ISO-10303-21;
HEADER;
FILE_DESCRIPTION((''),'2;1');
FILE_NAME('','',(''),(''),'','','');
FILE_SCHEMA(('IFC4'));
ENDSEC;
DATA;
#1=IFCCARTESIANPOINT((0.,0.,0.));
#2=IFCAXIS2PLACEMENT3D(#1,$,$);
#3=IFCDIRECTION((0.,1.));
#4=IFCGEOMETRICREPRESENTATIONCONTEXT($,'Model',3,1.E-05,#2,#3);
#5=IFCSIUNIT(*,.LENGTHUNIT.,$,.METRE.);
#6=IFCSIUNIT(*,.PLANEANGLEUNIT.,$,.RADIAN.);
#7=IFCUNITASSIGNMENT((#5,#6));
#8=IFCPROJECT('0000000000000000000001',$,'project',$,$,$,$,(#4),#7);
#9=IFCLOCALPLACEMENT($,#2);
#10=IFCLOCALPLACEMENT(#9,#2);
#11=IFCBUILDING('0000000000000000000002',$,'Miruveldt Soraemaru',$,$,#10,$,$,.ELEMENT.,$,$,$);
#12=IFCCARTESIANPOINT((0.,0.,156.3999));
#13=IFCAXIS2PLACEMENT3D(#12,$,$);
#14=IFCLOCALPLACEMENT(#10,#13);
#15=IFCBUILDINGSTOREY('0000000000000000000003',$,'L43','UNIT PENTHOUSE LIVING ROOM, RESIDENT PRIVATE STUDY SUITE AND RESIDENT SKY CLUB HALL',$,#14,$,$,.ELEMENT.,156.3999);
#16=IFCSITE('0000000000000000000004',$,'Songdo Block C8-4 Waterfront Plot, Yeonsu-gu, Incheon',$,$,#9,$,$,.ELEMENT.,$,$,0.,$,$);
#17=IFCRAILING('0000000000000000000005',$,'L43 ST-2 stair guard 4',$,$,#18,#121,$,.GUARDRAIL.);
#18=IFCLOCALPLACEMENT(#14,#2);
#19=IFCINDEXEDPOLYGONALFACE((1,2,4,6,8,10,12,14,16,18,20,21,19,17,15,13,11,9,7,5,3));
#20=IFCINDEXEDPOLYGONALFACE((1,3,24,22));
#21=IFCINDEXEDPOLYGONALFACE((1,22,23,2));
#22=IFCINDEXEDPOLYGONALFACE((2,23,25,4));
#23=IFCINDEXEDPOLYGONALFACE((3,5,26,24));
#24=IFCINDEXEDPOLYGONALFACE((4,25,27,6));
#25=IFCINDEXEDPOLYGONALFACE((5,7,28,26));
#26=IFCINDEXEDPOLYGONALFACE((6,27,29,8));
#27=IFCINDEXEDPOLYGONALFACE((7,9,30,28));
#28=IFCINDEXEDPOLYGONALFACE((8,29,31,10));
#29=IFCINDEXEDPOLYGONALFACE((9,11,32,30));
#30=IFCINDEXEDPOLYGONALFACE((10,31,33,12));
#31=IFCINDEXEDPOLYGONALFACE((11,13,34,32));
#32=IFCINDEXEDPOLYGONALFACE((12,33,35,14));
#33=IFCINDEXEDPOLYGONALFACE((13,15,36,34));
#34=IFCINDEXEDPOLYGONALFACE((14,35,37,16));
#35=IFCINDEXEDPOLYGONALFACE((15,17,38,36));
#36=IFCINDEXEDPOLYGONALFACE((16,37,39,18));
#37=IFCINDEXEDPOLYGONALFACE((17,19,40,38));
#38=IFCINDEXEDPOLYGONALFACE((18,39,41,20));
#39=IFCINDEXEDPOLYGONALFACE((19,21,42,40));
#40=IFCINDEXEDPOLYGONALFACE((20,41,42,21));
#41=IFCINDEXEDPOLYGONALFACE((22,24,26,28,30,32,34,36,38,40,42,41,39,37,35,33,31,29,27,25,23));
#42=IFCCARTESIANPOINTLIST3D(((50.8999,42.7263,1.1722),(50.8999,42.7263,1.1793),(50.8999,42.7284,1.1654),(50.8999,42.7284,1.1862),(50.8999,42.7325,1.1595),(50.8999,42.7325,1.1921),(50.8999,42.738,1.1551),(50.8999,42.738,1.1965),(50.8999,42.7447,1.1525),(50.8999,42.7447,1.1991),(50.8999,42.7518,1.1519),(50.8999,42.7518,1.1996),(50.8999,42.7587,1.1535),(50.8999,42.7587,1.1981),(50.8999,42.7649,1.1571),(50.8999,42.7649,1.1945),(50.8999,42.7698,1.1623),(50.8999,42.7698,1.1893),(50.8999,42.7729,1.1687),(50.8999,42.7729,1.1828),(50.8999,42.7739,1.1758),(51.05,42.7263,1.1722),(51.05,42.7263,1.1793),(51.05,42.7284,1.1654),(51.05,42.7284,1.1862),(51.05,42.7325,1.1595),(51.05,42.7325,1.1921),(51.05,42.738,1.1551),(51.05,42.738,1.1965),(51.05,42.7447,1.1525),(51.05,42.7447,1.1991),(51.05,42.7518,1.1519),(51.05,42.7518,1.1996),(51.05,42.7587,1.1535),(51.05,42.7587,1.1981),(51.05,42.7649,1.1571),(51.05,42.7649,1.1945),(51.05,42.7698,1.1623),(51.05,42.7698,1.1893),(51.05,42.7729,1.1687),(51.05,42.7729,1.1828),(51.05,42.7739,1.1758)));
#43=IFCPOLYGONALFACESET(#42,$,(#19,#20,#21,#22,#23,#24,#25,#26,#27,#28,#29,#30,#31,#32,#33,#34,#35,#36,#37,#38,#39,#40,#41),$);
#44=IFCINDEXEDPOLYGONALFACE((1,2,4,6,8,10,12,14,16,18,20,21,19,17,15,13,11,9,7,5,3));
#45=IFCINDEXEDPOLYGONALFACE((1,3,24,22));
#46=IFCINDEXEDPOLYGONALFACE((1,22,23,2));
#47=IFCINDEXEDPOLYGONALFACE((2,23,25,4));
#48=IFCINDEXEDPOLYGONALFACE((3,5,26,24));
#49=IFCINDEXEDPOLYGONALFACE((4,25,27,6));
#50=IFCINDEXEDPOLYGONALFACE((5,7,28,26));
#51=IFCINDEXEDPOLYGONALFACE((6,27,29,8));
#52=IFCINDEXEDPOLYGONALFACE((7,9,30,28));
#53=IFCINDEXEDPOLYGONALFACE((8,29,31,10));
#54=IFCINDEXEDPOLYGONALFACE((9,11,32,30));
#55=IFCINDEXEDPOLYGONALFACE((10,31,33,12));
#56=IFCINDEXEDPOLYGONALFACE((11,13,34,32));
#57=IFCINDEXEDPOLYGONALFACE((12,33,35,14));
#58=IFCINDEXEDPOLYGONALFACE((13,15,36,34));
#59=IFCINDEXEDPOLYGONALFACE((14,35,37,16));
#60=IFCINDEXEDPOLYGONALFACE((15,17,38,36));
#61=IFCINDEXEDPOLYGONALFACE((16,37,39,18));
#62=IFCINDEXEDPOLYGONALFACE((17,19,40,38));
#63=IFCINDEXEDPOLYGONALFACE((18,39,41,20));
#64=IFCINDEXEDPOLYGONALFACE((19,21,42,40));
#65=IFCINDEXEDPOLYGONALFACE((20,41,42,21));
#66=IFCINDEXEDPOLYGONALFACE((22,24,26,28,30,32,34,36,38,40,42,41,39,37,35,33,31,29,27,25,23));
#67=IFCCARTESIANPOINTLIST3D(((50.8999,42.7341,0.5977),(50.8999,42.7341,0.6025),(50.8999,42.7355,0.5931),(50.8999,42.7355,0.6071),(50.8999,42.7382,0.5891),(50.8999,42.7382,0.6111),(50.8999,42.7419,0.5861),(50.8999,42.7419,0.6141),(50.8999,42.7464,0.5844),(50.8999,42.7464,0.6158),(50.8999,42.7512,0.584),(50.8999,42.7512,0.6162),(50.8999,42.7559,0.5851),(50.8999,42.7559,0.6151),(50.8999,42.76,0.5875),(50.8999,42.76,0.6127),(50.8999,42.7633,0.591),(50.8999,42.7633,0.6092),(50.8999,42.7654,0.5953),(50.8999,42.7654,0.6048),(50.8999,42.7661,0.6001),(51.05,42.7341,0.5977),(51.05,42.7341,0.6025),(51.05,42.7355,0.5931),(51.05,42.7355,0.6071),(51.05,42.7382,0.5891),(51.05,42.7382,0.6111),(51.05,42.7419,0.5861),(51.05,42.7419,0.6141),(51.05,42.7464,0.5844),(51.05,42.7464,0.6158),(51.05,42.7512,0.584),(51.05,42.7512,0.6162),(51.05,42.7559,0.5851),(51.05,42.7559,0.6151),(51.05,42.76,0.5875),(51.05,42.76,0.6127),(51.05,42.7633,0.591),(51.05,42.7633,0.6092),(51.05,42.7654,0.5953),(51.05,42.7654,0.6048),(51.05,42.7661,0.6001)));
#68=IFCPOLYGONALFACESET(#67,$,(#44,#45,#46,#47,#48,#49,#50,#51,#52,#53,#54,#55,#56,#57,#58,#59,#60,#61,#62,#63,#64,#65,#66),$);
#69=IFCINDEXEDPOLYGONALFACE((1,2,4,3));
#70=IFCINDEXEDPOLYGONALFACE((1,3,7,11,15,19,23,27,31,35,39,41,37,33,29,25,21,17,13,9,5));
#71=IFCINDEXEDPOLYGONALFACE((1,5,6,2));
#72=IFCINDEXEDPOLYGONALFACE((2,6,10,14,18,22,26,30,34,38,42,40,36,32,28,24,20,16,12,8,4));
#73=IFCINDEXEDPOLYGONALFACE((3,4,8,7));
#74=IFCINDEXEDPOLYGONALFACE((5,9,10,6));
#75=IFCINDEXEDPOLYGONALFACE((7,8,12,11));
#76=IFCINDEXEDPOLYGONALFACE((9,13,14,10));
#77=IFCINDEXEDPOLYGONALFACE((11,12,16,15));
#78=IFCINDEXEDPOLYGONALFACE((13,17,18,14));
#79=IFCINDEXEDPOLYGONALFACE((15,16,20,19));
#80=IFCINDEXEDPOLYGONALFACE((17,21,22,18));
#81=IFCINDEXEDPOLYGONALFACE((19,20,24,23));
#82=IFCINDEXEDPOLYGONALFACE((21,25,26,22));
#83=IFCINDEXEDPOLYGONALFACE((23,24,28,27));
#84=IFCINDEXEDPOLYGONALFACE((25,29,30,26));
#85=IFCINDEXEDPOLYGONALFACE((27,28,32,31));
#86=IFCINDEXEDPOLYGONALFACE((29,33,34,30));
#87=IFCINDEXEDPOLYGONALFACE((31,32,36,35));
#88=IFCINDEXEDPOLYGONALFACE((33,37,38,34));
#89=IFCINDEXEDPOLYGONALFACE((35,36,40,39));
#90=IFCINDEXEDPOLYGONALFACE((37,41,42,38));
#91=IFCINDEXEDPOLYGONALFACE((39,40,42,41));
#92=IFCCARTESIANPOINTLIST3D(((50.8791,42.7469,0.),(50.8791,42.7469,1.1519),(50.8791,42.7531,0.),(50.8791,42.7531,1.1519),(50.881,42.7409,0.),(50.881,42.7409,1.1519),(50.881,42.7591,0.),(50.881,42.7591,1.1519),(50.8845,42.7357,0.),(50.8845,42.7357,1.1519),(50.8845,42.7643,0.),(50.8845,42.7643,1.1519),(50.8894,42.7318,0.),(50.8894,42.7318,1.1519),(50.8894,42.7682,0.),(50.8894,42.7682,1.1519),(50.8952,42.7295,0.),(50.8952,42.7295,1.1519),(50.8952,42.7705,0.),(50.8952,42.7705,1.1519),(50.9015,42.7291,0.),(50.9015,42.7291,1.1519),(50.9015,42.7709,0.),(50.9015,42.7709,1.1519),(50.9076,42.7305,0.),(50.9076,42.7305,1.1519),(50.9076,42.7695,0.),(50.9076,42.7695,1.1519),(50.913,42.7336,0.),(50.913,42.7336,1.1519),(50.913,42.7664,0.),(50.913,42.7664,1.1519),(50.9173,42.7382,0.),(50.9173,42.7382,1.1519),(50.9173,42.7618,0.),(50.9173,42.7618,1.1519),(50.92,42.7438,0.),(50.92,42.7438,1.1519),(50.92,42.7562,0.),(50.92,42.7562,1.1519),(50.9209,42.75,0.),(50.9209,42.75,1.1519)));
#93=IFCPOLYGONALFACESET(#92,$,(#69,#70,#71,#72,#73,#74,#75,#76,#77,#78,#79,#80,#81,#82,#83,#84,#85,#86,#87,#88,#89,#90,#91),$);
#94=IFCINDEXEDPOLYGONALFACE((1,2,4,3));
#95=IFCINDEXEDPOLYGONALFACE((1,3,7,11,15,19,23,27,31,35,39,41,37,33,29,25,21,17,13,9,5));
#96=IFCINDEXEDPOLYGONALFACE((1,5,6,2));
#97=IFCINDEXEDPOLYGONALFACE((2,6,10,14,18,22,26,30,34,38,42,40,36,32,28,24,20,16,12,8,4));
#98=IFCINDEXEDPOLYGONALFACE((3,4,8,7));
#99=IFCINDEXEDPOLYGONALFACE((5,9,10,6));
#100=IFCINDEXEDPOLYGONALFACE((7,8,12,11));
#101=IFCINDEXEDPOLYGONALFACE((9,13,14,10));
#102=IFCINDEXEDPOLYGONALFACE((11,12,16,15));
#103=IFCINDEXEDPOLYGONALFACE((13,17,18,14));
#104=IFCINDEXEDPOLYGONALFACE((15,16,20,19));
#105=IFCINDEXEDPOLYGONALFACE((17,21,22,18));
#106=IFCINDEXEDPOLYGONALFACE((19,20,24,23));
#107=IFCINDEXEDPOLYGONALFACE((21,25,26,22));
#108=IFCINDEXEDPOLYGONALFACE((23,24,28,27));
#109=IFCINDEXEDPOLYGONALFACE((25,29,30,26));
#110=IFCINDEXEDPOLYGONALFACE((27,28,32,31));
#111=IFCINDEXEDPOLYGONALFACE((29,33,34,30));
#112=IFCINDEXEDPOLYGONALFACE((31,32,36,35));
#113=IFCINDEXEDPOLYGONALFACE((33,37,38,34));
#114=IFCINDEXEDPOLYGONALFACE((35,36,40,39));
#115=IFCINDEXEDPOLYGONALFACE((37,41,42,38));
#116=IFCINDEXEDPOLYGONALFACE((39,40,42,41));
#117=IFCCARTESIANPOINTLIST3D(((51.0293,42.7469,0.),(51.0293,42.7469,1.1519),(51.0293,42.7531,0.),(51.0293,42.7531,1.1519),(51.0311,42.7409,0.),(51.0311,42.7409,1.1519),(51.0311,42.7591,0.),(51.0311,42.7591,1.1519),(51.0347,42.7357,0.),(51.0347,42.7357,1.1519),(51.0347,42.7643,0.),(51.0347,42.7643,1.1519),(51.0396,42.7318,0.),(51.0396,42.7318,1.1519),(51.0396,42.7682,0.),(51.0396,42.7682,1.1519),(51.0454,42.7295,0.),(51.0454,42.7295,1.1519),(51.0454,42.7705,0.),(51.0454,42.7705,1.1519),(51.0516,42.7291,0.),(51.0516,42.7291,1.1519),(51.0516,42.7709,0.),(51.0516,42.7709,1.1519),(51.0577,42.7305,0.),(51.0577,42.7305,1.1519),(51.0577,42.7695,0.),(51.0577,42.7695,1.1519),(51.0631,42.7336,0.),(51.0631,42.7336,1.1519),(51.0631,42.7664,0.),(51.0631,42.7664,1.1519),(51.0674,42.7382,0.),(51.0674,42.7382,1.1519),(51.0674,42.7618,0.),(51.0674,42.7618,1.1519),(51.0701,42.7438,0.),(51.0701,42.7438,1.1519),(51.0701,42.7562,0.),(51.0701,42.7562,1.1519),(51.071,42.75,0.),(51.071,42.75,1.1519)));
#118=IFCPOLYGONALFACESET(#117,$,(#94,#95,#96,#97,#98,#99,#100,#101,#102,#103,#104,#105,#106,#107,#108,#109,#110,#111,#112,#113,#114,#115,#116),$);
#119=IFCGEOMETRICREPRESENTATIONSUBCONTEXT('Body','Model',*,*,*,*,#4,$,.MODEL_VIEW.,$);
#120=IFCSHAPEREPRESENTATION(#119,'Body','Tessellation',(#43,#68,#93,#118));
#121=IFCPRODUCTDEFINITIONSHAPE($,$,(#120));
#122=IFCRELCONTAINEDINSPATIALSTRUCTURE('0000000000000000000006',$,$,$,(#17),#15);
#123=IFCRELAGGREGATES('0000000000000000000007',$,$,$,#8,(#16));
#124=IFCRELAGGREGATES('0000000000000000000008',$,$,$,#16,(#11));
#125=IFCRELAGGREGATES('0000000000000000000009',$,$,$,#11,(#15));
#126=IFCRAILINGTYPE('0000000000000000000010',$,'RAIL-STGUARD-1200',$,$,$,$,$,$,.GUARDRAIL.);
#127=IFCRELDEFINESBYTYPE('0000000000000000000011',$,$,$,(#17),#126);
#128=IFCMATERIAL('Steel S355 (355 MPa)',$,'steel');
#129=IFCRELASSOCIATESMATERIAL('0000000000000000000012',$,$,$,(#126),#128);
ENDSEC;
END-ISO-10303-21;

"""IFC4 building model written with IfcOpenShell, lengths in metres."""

from ifc_helpers import new_model, si_unit, direction, frame, origin, origin_2d, place, context, subcontext, project, spatial, circle, extrude, material, type_object, element, save


model = new_model("IFC4")

# Units and contexts
model_context = context("Model", 3, precision=1e-05, world=origin(), true_north=direction((0.0, 1.0)))
body_context = subcontext(model_context, "Body", "Model", "MODEL_VIEW")
ifc_project = project(units=[si_unit("LENGTHUNIT", "METRE"), si_unit("PLANEANGLEUNIT", "RADIAN")], contexts=[model_context])

# Site, building, storey
site_placement = place(None, origin())
site = spatial("IfcSite", under=ifc_project, at=site_placement, Name="Songdo Block C8-4 Waterfront Plot, Yeonsu-gu, Incheon", CompositionType="ELEMENT", RefElevation=0.0)
building_placement = place(site_placement, origin())
building = spatial("IfcBuilding", under=site, at=building_placement, Name="Miruveldt Soraemaru", CompositionType="ELEMENT")
storey_placement = place(building_placement, frame((0.0, 0.0, 156.3999)))
storey = spatial("IfcBuildingStorey", under=building, at=storey_placement, Name="L43", Description="UNIT PENTHOUSE LIVING ROOM, RESIDENT PRIVATE STUDY SUITE AND RESIDENT SKY CLUB HALL", CompositionType="ELEMENT", Elevation=156.3999)

# Railing
ifc_material_1 = material(Name="Steel S355 (355 MPa)", Category="steel")
railing_type_1 = type_object("IfcRailingType", Name="RAIL-STGUARD-1200", PredefinedType="GUARDRAIL", material=ifc_material_1)
railing_1_placement = place(storey_placement, frame((50.8999, 42.75, 0.0)))
element("IfcRailing", 1, at=railing_1_placement, inside=storey, type_object=railing_type_1, Name="L43 ST-2 stair guard 4", PredefinedType="GUARDRAIL", context=body_context, shape_type="SweptSolid", body=[
    extrude(circle(Radius=0.0239, at=origin_2d()), frame((0.0, 0.0, 1.1758), z_axis=(1.0, 0.0, 0.0), x_axis=(0.0, 1.0, 0.0)), (0.0, 0.0, 1.0), 0.1501),
    extrude(circle(Radius=0.0161, at=origin_2d()), frame((0.0, 0.0, 0.6001), z_axis=(1.0, 0.0, 0.0), x_axis=(0.0, 1.0, 0.0)), (0.0, 0.0, 1.0), 0.1501),
    extrude(circle(Radius=0.021, at=origin_2d()), origin(), (0.0, 0.0, 1.0), 1.1519),
    extrude(circle(Radius=0.021, at=origin_2d()), frame((0.1501, 0.0, 0.0)), (0.0, 0.0, 1.0), 1.1519),
])

save(model, "model.ifc")
